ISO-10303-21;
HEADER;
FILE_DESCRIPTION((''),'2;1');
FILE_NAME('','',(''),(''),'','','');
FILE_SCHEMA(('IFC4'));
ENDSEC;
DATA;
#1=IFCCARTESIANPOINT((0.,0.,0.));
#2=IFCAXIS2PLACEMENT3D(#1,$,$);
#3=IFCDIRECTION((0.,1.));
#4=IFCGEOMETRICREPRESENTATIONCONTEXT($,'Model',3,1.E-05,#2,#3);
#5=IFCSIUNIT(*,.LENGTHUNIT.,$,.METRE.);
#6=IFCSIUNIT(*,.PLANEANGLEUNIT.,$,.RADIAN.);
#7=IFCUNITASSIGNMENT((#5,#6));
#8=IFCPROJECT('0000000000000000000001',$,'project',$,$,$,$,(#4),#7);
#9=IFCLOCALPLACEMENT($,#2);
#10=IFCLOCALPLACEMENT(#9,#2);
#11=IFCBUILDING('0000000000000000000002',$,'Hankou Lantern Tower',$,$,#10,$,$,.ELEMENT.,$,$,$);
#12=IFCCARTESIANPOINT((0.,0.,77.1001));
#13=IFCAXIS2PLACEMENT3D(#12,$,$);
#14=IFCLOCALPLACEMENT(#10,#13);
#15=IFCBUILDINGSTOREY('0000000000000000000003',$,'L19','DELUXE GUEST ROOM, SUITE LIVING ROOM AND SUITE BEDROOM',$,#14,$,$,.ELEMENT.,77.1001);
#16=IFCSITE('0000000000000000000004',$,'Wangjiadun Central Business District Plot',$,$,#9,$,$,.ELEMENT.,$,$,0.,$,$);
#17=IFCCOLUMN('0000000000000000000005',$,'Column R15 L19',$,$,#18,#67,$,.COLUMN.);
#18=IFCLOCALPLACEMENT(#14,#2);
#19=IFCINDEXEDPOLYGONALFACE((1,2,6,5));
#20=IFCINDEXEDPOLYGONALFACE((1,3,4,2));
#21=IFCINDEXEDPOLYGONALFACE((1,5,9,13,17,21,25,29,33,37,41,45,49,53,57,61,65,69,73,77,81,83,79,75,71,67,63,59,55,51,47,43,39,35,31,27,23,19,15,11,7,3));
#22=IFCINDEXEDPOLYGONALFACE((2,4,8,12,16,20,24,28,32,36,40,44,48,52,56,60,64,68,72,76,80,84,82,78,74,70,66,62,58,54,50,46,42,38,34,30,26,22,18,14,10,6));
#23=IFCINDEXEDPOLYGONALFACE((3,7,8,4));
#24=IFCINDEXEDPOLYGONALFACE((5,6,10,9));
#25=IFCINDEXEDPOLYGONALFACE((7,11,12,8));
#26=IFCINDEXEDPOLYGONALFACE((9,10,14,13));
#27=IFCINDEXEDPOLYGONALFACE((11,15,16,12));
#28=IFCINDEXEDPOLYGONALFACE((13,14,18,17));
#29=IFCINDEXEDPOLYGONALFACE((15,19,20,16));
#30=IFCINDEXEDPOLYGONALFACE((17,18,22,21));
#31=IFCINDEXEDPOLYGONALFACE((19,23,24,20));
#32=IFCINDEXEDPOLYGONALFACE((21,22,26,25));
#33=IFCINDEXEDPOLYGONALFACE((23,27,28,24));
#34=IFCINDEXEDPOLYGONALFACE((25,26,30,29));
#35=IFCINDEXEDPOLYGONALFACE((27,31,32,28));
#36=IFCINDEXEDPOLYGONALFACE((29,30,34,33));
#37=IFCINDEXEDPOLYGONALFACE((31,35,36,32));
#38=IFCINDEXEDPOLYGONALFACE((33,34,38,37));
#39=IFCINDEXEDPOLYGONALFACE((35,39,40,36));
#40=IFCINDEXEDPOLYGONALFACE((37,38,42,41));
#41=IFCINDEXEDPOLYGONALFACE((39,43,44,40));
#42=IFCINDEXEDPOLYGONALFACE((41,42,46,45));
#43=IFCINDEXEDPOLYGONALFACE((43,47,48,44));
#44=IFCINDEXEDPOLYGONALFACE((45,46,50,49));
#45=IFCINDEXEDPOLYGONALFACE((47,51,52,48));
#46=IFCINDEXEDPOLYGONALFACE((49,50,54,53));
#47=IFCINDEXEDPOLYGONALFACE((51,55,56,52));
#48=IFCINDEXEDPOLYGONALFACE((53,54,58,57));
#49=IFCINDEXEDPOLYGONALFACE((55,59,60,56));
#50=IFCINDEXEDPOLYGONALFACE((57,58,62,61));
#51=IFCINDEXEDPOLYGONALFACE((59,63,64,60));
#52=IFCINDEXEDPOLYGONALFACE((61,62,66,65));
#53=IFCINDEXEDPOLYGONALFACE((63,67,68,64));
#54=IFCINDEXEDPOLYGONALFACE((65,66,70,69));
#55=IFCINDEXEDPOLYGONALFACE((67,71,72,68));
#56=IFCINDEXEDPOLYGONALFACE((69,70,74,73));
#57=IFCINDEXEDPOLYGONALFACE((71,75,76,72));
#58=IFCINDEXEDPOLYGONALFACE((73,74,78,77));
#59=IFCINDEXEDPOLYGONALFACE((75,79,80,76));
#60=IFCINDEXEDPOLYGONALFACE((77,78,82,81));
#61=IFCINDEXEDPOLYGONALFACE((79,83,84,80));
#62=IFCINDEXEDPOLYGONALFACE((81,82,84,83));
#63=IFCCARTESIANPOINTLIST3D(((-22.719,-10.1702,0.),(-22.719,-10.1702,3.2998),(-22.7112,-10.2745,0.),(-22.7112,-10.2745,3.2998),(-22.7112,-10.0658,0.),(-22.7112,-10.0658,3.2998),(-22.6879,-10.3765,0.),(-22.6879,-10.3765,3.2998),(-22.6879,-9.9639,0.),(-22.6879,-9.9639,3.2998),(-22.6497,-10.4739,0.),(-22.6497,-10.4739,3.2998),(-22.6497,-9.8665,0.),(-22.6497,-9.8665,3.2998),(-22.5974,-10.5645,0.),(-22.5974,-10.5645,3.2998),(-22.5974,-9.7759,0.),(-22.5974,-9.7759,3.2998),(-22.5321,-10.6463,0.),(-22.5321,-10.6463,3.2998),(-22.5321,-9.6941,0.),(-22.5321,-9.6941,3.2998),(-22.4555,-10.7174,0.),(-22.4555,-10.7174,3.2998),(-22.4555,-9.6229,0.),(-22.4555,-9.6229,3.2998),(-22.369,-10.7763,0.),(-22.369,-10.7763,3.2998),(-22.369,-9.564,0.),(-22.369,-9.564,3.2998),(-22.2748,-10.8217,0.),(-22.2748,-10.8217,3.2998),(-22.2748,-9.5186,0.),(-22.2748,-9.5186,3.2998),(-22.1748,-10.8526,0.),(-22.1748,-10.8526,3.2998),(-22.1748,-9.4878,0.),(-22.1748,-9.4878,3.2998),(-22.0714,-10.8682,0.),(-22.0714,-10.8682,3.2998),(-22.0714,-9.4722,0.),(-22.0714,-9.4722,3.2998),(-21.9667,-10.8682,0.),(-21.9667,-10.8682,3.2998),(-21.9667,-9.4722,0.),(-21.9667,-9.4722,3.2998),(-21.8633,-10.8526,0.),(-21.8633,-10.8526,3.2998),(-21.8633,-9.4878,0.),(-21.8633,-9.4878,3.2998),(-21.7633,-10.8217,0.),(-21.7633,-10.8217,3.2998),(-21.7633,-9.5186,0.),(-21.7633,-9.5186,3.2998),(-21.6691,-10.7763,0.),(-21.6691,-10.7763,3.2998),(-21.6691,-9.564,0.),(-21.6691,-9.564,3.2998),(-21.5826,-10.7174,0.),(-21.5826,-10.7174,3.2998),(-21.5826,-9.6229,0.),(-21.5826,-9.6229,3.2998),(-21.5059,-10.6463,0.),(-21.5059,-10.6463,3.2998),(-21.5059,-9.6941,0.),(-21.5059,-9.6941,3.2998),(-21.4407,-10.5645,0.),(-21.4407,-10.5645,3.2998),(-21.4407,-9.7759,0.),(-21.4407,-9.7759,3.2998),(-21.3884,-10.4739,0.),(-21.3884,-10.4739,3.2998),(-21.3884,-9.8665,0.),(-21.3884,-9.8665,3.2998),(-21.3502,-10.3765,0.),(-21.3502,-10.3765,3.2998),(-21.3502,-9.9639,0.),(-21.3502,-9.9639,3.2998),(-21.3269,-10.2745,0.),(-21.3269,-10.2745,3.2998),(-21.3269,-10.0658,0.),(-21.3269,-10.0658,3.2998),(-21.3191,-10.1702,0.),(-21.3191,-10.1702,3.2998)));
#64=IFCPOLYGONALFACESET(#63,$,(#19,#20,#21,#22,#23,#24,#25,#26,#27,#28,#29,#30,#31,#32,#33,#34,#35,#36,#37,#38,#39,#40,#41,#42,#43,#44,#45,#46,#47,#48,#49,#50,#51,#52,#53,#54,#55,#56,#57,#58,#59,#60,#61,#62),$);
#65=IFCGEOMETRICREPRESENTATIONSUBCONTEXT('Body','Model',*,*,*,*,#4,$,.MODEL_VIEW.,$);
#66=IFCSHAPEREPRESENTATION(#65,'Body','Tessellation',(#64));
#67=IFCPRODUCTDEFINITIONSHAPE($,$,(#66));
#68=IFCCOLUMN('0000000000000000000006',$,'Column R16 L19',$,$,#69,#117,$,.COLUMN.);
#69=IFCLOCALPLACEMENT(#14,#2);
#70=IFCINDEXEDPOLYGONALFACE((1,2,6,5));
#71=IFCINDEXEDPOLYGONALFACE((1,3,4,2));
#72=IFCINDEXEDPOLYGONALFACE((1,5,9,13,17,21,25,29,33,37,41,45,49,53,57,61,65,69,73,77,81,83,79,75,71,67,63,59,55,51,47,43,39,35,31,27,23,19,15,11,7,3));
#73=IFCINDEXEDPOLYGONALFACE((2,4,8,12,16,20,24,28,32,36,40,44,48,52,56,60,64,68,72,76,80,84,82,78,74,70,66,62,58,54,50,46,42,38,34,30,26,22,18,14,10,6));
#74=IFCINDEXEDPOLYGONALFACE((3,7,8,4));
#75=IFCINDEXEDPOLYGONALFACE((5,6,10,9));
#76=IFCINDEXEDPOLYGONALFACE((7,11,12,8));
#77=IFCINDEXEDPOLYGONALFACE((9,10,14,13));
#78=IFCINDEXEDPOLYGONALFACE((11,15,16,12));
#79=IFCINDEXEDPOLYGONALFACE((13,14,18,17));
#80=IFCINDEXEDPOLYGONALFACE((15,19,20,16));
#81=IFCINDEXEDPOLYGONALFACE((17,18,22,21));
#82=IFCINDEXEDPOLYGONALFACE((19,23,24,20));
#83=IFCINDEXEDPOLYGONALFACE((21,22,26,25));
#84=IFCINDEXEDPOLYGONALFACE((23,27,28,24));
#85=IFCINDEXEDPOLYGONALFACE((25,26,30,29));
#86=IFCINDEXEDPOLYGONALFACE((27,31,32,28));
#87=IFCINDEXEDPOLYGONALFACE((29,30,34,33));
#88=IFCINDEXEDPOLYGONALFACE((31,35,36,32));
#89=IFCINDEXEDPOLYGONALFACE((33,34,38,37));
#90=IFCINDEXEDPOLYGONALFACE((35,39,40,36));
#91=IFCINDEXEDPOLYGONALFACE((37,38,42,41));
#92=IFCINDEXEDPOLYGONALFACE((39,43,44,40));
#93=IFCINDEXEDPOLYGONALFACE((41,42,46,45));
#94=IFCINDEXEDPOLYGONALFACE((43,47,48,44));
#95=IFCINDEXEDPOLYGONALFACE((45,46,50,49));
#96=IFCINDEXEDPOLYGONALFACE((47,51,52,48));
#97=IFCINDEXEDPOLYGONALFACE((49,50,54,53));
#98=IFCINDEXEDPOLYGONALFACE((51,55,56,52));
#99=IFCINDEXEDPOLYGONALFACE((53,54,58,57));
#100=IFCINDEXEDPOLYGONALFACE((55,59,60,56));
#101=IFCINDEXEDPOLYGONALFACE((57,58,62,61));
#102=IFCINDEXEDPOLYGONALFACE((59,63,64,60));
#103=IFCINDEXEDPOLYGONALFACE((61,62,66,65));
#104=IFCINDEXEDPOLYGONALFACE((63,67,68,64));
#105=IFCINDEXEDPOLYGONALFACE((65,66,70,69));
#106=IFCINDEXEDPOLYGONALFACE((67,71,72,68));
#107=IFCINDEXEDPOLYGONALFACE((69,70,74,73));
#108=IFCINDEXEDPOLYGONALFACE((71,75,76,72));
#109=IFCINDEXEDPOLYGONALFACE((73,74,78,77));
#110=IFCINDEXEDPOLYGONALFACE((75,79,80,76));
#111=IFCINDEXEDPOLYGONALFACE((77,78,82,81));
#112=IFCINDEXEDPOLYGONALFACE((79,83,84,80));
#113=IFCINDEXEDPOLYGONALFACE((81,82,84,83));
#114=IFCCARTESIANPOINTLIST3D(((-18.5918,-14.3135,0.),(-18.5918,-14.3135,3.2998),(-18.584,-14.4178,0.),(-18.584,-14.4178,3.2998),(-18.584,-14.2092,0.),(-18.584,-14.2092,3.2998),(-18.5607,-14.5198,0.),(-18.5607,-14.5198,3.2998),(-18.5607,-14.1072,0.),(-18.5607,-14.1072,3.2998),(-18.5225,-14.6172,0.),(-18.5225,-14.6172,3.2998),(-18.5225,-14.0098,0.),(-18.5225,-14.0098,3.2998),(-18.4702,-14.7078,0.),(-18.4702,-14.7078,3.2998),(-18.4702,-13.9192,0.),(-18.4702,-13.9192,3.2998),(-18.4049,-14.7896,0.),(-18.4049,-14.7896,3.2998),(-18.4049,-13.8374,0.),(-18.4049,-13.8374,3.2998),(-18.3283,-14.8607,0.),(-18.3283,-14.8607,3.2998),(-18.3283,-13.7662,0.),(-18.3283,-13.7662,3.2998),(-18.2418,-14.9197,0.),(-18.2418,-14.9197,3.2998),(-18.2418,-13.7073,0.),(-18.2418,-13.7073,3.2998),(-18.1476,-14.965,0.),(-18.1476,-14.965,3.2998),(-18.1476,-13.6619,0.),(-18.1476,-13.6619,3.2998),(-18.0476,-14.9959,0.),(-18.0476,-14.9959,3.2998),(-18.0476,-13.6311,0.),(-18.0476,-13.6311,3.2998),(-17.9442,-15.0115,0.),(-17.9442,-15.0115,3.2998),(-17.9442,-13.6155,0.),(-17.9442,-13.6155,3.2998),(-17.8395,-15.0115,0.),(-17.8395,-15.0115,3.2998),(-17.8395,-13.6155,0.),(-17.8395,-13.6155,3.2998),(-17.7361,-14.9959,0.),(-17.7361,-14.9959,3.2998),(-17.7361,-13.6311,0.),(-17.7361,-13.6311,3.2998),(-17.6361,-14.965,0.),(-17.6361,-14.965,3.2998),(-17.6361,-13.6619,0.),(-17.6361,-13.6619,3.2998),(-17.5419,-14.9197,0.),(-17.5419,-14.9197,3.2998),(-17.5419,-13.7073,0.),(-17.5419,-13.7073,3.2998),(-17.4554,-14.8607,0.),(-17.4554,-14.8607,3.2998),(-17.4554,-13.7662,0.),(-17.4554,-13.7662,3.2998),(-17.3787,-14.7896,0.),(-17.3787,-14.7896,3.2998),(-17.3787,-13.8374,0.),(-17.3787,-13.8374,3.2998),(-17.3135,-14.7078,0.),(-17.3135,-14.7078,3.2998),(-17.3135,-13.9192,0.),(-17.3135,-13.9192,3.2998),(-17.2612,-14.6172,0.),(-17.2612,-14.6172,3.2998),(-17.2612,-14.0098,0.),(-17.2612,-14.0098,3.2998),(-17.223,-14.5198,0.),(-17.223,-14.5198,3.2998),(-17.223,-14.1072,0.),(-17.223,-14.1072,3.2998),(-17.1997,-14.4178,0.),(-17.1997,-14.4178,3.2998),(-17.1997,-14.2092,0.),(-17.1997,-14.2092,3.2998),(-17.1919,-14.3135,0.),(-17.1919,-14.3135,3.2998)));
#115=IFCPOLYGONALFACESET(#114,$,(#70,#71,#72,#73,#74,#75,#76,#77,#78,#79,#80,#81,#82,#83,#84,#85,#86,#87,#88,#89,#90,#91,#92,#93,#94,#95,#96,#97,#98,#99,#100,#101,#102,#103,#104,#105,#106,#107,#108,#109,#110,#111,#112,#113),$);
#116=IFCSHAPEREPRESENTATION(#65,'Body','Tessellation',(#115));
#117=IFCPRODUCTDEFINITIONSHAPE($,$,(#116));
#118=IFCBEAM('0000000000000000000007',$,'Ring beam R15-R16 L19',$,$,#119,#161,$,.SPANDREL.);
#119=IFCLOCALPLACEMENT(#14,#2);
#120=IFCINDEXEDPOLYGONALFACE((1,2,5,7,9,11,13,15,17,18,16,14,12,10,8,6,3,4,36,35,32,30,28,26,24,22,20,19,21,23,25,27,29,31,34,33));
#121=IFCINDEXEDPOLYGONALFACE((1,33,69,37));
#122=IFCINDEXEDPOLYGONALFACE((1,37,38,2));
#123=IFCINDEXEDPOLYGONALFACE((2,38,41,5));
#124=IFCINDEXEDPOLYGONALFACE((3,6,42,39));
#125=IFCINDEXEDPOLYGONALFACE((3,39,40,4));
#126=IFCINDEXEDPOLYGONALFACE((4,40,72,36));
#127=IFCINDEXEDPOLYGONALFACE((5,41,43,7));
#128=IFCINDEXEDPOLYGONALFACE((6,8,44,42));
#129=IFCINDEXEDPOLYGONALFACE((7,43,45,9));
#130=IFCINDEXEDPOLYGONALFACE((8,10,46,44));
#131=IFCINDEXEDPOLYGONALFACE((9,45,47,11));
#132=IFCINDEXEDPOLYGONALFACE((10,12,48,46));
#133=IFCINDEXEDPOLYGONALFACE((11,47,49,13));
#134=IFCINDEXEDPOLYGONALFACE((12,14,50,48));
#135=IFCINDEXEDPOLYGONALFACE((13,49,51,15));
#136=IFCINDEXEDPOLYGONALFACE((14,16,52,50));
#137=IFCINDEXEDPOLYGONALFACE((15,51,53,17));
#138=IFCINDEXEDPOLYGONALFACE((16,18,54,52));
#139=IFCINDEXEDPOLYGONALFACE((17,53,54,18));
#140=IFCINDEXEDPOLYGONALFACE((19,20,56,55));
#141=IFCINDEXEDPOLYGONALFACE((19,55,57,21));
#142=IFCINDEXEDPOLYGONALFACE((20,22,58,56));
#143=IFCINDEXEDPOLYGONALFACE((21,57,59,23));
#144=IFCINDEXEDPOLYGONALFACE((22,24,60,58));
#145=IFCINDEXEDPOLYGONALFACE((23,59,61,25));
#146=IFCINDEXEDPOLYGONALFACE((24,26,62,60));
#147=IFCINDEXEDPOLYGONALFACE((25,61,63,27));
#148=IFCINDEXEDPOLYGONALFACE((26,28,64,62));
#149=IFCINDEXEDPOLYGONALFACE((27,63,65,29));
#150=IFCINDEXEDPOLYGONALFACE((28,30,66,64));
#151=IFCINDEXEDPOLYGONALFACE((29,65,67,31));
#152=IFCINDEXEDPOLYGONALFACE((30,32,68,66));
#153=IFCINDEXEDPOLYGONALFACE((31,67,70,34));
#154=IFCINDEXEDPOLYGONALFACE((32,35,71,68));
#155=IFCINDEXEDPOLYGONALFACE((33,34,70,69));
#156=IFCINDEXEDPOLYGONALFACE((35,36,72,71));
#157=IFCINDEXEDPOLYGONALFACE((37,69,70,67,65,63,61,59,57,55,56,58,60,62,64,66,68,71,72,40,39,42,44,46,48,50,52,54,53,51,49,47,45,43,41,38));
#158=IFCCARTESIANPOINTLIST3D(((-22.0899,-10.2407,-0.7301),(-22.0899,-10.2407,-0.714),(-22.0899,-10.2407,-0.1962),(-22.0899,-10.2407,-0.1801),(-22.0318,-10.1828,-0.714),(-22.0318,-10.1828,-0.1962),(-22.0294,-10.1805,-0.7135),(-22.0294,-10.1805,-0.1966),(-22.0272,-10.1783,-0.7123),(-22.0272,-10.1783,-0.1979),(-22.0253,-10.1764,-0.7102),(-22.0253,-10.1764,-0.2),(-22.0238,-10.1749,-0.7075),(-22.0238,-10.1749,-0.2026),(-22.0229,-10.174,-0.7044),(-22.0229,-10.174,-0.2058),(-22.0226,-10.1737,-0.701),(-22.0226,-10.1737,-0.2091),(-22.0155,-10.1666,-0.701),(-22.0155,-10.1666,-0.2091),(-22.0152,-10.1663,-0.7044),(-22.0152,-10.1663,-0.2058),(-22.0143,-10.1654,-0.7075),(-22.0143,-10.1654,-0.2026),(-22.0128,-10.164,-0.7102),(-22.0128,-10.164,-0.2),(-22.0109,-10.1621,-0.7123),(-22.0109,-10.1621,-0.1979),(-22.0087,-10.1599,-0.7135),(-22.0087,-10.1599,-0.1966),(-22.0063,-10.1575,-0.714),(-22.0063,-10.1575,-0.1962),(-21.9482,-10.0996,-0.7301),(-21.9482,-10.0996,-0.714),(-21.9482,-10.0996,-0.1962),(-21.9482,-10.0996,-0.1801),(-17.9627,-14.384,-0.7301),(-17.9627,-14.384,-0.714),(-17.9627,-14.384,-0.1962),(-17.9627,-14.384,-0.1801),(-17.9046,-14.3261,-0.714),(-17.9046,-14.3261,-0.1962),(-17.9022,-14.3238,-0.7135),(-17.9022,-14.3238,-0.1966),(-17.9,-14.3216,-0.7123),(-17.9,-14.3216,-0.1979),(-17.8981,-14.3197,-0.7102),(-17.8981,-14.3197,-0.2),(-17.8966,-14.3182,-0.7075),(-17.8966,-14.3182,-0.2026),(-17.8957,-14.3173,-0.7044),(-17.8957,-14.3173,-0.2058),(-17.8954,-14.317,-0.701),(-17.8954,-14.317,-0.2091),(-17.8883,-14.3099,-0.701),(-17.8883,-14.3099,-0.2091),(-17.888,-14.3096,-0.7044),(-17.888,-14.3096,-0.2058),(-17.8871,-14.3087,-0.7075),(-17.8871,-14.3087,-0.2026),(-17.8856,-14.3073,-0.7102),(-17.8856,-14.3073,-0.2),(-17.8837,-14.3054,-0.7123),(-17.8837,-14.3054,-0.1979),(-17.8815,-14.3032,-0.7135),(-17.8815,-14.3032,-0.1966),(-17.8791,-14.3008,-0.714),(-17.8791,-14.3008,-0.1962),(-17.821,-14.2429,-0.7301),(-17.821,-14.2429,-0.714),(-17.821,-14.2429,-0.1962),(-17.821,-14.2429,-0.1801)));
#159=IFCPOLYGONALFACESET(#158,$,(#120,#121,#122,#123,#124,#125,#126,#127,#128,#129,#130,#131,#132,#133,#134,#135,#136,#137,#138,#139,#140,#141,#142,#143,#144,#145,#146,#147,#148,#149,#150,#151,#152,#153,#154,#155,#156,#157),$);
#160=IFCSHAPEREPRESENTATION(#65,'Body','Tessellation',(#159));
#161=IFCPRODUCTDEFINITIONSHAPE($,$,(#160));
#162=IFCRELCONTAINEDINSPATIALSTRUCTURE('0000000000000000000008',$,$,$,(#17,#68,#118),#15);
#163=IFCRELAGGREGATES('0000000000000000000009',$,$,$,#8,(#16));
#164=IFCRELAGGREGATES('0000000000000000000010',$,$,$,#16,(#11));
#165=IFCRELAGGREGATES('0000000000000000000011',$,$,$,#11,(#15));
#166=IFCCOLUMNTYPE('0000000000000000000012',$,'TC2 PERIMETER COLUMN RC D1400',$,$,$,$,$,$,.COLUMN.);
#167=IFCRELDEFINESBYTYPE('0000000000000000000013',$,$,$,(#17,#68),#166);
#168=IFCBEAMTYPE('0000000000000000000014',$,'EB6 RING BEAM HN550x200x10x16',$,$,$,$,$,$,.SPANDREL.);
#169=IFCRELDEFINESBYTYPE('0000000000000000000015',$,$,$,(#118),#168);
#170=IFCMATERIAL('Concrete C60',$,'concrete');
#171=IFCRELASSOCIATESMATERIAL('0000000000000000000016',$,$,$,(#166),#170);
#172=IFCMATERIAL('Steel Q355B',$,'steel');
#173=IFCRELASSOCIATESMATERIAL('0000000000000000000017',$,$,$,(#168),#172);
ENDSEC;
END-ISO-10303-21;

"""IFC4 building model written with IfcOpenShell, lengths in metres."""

from ifc_helpers import new_model, si_unit, direction, frame, origin, origin_2d, place, context, subcontext, project, spatial, circle, i_section, extrude, material, material_profile, profile_set, type_object, element, save


model = new_model("IFC4")

# Units and contexts
model_context = context("Model", 3, precision=1e-05, world=origin(), true_north=direction((0.0, 1.0)))
body_context = subcontext(model_context, "Body", "Model", "MODEL_VIEW")
ifc_project = project(units=[si_unit("LENGTHUNIT", "METRE"), si_unit("PLANEANGLEUNIT", "RADIAN")], contexts=[model_context])

# Site, building, storey
site_placement = place(None, origin())
site = spatial("IfcSite", under=ifc_project, at=site_placement, Name="Wangjiadun Central Business District Plot", CompositionType="ELEMENT", RefElevation=0.0)
building_placement = place(site_placement, origin())
building = spatial("IfcBuilding", under=site, at=building_placement, Name="Hankou Lantern Tower", CompositionType="ELEMENT")
storey_placement = place(building_placement, frame((0.0, 0.0, 77.1001)))
storey = spatial("IfcBuildingStorey", under=building, at=storey_placement, Name="L19", Description="DELUXE GUEST ROOM, SUITE LIVING ROOM AND SUITE BEDROOM", CompositionType="ELEMENT", Elevation=77.1001)

# Columns
ifc_material_1 = material(Name="Concrete C60", Category="concrete")
ifc_material_profile_1 = material_profile(ifc_material_1, circle(Radius=0.7, at=origin_2d()), Name="RC D1400")
ifc_profile_set_1 = profile_set([ifc_material_profile_1], Name="Concrete C60")
column_type = type_object("IfcColumnType", Name="TC2 PERIMETER COLUMN RC D1400", PredefinedType="COLUMN", material=ifc_profile_set_1)
for number, where, z_axis, x_axis, name in (
    (1, (-22.019, -10.1702, 0.0), (0.0, 0.0, 1.0), (1.0, 0.0, 0.0), "Column R15 L19"),
    (2, (-17.8918, -14.3135, 0.0), (0.0, 0.0, 1.0), (1.0, 0.0, 0.0), "Column R16 L19"),
):
    element("IfcColumn", number, at=place(storey_placement, frame(where, z_axis=z_axis, x_axis=x_axis)), inside=storey, type_object=column_type, Name=name, PredefinedType="COLUMN", context=body_context, shape_type="SweptSolid", body=[
        extrude(circle(Radius=0.7, at=origin_2d()), origin(), (0.0, 0.0, 1.0), 3.2998),
    ])

# Beam
ifc_material_2 = material(Name="Steel Q355B", Category="steel")
ifc_material_profile_2 = material_profile(ifc_material_2, i_section(OverallWidth=0.2, OverallDepth=0.55, WebThickness=0.01, FlangeThickness=0.0161, FilletRadius=0.0129, at=origin_2d()), Name="HN550x200x10x16")
ifc_profile_set_2 = profile_set([ifc_material_profile_2], Name="Steel Q355B")
beam_type_1 = type_object("IfcBeamType", Name="EB6 RING BEAM HN550x200x10x16", PredefinedType="SPANDREL", material=ifc_profile_set_2)
beam_1_placement = place(storey_placement, frame((-22.019, -10.1702, -0.4551), z_axis=(0.705728, -0.708483, 0.0), x_axis=(0.708483, 0.705728, 0.0)))
element("IfcBeam", 3, at=beam_1_placement, inside=storey, type_object=beam_type_1, Name="Ring beam R15-R16 L19", PredefinedType="SPANDREL", context=body_context, shape_type="SweptSolid", body=[
    extrude(i_section(OverallWidth=0.2, OverallDepth=0.55, WebThickness=0.01, FlangeThickness=0.0161, FilletRadius=0.0129, at=origin_2d()), origin(), (0.0, 0.0, 1.0), 5.8481),
])

save(model, "model.ifc")
